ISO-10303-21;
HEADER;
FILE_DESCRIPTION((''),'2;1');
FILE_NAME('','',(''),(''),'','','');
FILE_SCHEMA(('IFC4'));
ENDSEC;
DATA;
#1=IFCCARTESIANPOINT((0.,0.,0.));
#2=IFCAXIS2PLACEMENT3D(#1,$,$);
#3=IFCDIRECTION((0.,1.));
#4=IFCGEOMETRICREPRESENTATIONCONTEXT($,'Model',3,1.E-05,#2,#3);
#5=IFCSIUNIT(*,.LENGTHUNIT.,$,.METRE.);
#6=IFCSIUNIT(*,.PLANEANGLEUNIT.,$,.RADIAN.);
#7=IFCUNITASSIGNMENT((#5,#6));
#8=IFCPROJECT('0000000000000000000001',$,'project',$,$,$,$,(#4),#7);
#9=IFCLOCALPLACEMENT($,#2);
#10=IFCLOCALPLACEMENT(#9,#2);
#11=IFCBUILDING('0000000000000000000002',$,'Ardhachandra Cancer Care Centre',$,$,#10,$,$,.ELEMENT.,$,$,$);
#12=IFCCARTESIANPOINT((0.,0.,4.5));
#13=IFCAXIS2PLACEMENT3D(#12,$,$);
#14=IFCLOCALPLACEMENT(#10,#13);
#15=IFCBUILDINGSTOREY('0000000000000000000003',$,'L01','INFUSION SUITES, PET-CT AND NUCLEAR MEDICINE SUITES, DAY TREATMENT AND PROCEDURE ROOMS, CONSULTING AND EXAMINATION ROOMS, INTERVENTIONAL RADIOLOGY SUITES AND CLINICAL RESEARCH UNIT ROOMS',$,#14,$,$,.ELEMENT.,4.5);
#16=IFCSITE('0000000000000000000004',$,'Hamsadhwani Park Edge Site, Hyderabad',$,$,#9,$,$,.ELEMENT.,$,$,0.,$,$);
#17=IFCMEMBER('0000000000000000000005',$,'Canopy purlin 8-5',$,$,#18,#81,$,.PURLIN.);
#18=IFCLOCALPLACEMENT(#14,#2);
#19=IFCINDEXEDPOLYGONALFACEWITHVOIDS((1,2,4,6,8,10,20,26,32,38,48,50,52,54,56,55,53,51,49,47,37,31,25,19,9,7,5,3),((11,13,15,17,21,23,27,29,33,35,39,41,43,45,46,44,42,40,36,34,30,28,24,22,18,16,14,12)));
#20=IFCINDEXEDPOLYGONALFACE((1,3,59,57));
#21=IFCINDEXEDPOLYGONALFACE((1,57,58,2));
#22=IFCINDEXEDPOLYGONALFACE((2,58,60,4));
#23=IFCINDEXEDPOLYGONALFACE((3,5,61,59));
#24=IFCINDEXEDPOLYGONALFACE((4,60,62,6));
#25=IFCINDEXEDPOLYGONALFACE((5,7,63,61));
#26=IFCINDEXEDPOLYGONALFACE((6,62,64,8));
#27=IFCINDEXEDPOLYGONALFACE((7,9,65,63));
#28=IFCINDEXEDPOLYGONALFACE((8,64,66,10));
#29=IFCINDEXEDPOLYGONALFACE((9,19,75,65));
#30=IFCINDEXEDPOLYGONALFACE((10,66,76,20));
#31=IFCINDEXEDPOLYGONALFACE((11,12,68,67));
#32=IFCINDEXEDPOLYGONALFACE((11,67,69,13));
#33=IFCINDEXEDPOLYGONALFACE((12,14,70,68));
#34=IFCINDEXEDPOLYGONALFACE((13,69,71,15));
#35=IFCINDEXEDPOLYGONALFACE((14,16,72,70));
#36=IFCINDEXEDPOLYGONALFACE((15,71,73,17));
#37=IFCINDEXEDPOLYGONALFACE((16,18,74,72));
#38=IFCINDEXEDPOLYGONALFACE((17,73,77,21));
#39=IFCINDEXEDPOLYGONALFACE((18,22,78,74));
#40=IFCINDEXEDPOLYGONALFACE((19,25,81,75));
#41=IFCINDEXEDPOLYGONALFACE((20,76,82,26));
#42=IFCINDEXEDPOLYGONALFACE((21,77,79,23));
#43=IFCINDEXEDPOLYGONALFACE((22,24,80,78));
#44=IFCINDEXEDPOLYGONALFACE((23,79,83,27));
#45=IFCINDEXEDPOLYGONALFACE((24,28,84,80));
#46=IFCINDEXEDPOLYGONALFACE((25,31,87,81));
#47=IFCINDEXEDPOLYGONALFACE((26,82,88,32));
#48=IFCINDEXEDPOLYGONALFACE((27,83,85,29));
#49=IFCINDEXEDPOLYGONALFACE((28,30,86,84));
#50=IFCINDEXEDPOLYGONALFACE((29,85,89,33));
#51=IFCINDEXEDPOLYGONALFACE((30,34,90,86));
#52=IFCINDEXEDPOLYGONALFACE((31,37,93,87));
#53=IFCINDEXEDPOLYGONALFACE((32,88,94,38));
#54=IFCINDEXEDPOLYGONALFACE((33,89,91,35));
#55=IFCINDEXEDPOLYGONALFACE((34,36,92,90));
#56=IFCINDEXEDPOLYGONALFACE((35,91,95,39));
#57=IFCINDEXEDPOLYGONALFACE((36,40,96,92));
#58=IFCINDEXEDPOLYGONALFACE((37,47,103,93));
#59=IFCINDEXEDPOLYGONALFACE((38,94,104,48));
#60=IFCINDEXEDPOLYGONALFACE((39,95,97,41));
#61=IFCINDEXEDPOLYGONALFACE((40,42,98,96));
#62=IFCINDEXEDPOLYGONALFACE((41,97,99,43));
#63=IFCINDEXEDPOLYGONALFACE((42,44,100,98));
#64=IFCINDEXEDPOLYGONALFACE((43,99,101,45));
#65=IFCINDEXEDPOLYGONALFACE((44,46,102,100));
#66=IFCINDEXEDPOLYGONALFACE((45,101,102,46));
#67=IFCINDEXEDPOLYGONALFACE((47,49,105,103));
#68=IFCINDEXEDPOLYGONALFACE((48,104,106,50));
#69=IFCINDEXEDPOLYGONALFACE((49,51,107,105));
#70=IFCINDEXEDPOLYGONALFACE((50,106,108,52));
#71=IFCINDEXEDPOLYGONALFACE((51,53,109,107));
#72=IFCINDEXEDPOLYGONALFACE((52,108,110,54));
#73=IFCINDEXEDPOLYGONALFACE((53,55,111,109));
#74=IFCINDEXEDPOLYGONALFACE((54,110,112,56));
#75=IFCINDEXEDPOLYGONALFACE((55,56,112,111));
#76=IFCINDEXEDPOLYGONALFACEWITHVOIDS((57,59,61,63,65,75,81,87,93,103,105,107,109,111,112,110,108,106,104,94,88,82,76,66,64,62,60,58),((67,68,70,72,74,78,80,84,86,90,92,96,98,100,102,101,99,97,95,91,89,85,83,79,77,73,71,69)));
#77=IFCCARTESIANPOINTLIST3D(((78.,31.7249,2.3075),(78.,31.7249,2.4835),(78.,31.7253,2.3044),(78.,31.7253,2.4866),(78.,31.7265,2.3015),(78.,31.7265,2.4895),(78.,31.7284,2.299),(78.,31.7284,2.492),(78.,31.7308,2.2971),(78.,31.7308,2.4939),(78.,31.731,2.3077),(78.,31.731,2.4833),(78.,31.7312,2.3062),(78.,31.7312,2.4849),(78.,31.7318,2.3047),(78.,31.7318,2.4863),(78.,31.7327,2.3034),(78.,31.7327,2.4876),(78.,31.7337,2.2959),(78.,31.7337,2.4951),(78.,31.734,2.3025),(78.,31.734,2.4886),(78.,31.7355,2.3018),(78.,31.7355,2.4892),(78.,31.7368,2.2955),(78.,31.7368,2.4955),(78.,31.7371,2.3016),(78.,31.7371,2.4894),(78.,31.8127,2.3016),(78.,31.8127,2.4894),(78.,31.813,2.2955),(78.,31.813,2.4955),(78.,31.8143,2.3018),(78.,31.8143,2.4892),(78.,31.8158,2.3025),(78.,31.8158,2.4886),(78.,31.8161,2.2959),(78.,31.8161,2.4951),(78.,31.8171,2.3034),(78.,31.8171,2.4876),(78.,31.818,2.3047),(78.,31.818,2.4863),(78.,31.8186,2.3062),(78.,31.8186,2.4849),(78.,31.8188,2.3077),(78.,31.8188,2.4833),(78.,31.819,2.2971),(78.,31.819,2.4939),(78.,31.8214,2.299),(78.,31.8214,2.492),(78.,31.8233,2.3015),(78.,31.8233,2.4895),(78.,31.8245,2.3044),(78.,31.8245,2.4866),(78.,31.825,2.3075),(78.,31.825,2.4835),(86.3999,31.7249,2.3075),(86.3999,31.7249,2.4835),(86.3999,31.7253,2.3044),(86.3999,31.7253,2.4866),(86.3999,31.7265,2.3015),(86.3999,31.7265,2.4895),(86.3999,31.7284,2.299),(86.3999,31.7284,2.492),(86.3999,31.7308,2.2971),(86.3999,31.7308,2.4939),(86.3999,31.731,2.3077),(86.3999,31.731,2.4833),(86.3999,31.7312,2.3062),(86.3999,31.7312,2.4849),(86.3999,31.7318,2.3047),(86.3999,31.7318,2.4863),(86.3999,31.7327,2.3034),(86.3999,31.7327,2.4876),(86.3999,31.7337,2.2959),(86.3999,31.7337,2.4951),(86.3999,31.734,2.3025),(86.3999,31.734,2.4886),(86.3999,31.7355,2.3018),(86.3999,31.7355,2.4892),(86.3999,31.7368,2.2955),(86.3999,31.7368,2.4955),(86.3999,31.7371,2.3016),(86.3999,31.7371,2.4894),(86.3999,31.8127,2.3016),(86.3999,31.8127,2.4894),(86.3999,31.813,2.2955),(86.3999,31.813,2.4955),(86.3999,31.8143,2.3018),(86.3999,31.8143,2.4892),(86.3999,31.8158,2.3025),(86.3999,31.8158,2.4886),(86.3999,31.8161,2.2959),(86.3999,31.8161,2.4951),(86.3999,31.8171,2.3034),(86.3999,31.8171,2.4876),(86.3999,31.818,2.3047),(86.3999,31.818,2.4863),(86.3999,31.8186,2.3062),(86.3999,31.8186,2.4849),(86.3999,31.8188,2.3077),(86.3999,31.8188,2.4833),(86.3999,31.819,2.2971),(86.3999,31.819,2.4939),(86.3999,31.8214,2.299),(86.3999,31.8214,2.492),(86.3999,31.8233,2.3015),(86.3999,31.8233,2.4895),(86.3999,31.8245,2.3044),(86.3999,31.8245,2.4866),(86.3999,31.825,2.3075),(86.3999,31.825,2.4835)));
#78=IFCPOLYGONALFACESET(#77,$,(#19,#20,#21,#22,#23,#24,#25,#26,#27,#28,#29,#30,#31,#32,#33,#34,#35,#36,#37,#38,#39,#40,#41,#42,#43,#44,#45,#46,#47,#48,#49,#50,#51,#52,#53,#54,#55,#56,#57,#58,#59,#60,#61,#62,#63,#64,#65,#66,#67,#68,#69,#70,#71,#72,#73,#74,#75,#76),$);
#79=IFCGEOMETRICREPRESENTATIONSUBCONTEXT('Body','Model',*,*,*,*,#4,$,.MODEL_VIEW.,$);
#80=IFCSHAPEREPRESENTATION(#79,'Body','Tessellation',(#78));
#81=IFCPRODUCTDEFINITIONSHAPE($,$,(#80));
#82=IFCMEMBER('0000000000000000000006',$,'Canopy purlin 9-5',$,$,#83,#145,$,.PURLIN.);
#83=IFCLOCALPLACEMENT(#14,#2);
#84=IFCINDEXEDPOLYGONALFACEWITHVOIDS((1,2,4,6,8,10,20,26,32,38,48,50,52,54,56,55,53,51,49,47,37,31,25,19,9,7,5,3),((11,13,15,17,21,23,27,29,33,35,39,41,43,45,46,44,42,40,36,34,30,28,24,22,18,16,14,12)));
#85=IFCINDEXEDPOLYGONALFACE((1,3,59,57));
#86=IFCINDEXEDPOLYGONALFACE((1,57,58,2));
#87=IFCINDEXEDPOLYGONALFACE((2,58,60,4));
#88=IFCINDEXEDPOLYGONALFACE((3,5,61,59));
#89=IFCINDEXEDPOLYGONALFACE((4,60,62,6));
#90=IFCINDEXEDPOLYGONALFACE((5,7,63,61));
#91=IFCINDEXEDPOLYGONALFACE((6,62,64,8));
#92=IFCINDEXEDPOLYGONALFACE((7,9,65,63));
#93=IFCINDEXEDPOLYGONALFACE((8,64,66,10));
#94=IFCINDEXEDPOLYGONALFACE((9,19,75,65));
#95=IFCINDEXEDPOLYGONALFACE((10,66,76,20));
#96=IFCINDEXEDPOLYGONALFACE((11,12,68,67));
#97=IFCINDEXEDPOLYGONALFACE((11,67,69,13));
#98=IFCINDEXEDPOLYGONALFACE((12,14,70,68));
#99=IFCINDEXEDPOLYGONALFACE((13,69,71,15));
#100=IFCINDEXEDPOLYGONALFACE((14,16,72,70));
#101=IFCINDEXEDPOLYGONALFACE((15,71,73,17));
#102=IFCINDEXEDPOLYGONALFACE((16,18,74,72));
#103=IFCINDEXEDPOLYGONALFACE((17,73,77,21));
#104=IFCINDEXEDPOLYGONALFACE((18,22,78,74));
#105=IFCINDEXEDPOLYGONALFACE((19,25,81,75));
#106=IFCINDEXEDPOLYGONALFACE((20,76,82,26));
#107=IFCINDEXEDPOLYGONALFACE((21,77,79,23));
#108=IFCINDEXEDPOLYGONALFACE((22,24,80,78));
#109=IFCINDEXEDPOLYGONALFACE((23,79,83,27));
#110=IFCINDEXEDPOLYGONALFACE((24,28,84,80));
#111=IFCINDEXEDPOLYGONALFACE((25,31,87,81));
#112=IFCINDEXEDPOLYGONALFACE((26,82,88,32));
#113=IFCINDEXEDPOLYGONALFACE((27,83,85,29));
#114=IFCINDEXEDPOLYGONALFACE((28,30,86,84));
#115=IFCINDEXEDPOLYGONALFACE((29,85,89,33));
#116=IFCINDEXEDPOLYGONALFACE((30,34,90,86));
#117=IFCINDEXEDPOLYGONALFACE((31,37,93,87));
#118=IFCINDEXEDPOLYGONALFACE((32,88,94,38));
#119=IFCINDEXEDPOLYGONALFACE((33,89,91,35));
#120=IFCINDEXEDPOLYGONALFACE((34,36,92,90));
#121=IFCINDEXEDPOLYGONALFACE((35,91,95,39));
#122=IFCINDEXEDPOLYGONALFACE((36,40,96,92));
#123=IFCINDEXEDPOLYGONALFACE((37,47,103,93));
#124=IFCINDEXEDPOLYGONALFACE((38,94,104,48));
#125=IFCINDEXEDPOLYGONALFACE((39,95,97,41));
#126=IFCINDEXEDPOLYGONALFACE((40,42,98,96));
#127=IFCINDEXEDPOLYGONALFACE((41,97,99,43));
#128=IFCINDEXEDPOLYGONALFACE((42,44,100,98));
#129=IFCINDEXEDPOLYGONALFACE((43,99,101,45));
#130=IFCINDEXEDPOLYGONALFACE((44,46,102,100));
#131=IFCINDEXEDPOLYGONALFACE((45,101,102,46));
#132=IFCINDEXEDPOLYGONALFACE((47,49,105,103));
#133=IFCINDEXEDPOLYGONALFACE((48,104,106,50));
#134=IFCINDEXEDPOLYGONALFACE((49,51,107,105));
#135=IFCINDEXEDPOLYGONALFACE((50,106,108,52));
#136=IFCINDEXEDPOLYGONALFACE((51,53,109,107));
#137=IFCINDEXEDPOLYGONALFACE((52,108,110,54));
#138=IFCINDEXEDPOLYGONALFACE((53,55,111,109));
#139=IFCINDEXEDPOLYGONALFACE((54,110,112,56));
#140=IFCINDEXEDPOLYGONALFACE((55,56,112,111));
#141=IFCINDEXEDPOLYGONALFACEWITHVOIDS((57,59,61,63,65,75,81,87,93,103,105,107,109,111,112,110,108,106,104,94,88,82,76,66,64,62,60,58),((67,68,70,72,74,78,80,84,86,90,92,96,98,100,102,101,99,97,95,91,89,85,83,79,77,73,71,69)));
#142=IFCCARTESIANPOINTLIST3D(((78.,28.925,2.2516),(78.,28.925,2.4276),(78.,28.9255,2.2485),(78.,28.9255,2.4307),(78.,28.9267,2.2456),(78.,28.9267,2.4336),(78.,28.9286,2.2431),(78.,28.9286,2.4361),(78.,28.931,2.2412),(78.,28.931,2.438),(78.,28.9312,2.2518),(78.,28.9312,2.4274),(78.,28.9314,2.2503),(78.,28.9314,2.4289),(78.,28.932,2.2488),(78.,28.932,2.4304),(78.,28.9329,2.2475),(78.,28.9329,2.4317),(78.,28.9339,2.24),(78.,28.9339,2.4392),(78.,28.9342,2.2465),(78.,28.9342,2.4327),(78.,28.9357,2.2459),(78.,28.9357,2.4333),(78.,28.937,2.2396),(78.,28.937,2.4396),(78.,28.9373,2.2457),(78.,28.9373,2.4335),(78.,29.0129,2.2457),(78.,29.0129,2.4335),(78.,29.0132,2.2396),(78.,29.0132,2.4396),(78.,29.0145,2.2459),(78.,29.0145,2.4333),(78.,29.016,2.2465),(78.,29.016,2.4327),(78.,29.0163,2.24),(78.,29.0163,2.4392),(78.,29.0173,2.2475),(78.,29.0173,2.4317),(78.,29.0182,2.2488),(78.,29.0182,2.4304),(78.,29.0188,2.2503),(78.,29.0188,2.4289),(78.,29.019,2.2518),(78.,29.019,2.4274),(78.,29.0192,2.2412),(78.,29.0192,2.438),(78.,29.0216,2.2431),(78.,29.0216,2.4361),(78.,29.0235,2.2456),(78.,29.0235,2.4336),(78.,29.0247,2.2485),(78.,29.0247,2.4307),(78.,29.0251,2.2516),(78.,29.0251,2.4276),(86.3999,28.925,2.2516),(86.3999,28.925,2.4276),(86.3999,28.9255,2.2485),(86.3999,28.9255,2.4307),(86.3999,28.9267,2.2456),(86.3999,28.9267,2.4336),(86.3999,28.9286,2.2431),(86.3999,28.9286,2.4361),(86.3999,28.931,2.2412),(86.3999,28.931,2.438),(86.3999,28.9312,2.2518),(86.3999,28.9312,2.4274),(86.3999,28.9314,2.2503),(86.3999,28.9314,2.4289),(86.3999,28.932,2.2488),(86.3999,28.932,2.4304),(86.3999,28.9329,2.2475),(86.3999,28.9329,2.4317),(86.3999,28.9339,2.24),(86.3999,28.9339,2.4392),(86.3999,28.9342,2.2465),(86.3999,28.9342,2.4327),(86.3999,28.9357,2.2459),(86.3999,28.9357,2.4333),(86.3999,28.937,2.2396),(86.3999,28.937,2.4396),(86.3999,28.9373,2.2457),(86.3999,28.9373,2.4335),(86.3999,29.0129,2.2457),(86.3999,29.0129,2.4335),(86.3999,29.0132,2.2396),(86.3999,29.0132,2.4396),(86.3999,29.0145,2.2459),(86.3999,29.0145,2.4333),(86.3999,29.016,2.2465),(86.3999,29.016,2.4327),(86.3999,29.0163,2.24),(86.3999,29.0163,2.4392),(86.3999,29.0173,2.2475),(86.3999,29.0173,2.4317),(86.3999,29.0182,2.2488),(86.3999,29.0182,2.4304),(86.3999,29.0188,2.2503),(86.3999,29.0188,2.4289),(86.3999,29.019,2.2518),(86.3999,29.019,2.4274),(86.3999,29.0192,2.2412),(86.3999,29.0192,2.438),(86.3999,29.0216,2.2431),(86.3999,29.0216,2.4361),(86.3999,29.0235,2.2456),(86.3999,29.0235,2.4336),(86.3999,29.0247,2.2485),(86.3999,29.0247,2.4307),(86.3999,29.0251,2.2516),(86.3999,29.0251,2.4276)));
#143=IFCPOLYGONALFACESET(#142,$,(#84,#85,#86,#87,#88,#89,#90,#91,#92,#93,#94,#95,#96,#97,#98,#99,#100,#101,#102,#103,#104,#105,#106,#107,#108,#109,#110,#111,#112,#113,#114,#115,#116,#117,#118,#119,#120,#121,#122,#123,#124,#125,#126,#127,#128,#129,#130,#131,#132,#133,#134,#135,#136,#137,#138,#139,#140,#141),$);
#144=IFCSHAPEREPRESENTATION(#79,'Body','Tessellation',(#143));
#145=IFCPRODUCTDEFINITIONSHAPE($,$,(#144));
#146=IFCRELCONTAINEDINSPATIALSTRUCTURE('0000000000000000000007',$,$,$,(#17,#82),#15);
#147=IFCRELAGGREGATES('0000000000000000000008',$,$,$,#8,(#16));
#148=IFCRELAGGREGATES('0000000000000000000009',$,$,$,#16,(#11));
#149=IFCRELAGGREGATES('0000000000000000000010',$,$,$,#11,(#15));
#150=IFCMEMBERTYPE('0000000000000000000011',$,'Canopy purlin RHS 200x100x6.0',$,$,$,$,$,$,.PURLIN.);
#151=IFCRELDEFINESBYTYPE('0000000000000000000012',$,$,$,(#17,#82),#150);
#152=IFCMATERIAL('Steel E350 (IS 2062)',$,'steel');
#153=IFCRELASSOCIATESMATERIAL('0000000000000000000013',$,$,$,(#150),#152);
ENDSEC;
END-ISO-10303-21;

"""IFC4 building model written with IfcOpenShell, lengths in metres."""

from ifc_helpers import new_model, si_unit, direction, frame, origin, origin_2d, place, context, subcontext, project, spatial, hollow_rectangle, extrude, material, material_profile, profile_set, type_object, element, save


model = new_model("IFC4")

# Units and contexts
model_context = context("Model", 3, precision=1e-05, world=origin(), true_north=direction((0.0, 1.0)))
body_context = subcontext(model_context, "Body", "Model", "MODEL_VIEW")
ifc_project = project(units=[si_unit("LENGTHUNIT", "METRE"), si_unit("PLANEANGLEUNIT", "RADIAN")], contexts=[model_context])

# Site, building, storey
site_placement = place(None, origin())
site = spatial("IfcSite", under=ifc_project, at=site_placement, Name="Hamsadhwani Park Edge Site, Hyderabad", CompositionType="ELEMENT", RefElevation=0.0)
building_placement = place(site_placement, origin())
building = spatial("IfcBuilding", under=site, at=building_placement, Name="Ardhachandra Cancer Care Centre", CompositionType="ELEMENT")
storey_placement = place(building_placement, frame((0.0, 0.0, 4.5)))
storey = spatial("IfcBuildingStorey", under=building, at=storey_placement, Name="L01", Description="INFUSION SUITES, PET-CT AND NUCLEAR MEDICINE SUITES, DAY TREATMENT AND PROCEDURE ROOMS, CONSULTING AND EXAMINATION ROOMS, INTERVENTIONAL RADIOLOGY SUITES AND CLINICAL RESEARCH UNIT ROOMS", CompositionType="ELEMENT", Elevation=4.5)

# Members
ifc_material_1 = material(Name="Steel E350 (IS 2062)", Category="steel")
ifc_material_profile_1 = material_profile(ifc_material_1, hollow_rectangle(XDim=0.1001, YDim=0.2, WallThickness=0.0061, InnerFilletRadius=0.0061, OuterFilletRadius=0.012, at=origin_2d()), Name="RHS 200x100x6.0")
ifc_profile_set_1 = profile_set([ifc_material_profile_1], Name="Steel E350 (IS 2062)")
member_type_1 = type_object("IfcMemberType", Name="Canopy purlin RHS 200x100x6.0", PredefinedType="PURLIN", material=ifc_profile_set_1)
for number, where, z_axis, x_axis, name in (
    (1, (78.0, 31.7749, 2.3955), (1.0, 0.0, 0.0), (0.0, 1.0, 0.0), "Canopy purlin 8-5"),
    (2, (78.0, 28.9751, 2.3396), (1.0, 0.0, 0.0), (0.0, 1.0, 0.0), "Canopy purlin 9-5"),
):
    element("IfcMember", number, at=place(storey_placement, frame(where, z_axis=z_axis, x_axis=x_axis)), inside=storey, type_object=member_type_1, Name=name, PredefinedType="PURLIN", context=body_context, shape_type="SweptSolid", body=[
        extrude(hollow_rectangle(XDim=0.1001, YDim=0.2, WallThickness=0.0061, InnerFilletRadius=0.0061, OuterFilletRadius=0.012, at=origin_2d()), origin(), (0.0, 0.0, 1.0), 8.3999),
    ])

save(model, "model.ifc")
